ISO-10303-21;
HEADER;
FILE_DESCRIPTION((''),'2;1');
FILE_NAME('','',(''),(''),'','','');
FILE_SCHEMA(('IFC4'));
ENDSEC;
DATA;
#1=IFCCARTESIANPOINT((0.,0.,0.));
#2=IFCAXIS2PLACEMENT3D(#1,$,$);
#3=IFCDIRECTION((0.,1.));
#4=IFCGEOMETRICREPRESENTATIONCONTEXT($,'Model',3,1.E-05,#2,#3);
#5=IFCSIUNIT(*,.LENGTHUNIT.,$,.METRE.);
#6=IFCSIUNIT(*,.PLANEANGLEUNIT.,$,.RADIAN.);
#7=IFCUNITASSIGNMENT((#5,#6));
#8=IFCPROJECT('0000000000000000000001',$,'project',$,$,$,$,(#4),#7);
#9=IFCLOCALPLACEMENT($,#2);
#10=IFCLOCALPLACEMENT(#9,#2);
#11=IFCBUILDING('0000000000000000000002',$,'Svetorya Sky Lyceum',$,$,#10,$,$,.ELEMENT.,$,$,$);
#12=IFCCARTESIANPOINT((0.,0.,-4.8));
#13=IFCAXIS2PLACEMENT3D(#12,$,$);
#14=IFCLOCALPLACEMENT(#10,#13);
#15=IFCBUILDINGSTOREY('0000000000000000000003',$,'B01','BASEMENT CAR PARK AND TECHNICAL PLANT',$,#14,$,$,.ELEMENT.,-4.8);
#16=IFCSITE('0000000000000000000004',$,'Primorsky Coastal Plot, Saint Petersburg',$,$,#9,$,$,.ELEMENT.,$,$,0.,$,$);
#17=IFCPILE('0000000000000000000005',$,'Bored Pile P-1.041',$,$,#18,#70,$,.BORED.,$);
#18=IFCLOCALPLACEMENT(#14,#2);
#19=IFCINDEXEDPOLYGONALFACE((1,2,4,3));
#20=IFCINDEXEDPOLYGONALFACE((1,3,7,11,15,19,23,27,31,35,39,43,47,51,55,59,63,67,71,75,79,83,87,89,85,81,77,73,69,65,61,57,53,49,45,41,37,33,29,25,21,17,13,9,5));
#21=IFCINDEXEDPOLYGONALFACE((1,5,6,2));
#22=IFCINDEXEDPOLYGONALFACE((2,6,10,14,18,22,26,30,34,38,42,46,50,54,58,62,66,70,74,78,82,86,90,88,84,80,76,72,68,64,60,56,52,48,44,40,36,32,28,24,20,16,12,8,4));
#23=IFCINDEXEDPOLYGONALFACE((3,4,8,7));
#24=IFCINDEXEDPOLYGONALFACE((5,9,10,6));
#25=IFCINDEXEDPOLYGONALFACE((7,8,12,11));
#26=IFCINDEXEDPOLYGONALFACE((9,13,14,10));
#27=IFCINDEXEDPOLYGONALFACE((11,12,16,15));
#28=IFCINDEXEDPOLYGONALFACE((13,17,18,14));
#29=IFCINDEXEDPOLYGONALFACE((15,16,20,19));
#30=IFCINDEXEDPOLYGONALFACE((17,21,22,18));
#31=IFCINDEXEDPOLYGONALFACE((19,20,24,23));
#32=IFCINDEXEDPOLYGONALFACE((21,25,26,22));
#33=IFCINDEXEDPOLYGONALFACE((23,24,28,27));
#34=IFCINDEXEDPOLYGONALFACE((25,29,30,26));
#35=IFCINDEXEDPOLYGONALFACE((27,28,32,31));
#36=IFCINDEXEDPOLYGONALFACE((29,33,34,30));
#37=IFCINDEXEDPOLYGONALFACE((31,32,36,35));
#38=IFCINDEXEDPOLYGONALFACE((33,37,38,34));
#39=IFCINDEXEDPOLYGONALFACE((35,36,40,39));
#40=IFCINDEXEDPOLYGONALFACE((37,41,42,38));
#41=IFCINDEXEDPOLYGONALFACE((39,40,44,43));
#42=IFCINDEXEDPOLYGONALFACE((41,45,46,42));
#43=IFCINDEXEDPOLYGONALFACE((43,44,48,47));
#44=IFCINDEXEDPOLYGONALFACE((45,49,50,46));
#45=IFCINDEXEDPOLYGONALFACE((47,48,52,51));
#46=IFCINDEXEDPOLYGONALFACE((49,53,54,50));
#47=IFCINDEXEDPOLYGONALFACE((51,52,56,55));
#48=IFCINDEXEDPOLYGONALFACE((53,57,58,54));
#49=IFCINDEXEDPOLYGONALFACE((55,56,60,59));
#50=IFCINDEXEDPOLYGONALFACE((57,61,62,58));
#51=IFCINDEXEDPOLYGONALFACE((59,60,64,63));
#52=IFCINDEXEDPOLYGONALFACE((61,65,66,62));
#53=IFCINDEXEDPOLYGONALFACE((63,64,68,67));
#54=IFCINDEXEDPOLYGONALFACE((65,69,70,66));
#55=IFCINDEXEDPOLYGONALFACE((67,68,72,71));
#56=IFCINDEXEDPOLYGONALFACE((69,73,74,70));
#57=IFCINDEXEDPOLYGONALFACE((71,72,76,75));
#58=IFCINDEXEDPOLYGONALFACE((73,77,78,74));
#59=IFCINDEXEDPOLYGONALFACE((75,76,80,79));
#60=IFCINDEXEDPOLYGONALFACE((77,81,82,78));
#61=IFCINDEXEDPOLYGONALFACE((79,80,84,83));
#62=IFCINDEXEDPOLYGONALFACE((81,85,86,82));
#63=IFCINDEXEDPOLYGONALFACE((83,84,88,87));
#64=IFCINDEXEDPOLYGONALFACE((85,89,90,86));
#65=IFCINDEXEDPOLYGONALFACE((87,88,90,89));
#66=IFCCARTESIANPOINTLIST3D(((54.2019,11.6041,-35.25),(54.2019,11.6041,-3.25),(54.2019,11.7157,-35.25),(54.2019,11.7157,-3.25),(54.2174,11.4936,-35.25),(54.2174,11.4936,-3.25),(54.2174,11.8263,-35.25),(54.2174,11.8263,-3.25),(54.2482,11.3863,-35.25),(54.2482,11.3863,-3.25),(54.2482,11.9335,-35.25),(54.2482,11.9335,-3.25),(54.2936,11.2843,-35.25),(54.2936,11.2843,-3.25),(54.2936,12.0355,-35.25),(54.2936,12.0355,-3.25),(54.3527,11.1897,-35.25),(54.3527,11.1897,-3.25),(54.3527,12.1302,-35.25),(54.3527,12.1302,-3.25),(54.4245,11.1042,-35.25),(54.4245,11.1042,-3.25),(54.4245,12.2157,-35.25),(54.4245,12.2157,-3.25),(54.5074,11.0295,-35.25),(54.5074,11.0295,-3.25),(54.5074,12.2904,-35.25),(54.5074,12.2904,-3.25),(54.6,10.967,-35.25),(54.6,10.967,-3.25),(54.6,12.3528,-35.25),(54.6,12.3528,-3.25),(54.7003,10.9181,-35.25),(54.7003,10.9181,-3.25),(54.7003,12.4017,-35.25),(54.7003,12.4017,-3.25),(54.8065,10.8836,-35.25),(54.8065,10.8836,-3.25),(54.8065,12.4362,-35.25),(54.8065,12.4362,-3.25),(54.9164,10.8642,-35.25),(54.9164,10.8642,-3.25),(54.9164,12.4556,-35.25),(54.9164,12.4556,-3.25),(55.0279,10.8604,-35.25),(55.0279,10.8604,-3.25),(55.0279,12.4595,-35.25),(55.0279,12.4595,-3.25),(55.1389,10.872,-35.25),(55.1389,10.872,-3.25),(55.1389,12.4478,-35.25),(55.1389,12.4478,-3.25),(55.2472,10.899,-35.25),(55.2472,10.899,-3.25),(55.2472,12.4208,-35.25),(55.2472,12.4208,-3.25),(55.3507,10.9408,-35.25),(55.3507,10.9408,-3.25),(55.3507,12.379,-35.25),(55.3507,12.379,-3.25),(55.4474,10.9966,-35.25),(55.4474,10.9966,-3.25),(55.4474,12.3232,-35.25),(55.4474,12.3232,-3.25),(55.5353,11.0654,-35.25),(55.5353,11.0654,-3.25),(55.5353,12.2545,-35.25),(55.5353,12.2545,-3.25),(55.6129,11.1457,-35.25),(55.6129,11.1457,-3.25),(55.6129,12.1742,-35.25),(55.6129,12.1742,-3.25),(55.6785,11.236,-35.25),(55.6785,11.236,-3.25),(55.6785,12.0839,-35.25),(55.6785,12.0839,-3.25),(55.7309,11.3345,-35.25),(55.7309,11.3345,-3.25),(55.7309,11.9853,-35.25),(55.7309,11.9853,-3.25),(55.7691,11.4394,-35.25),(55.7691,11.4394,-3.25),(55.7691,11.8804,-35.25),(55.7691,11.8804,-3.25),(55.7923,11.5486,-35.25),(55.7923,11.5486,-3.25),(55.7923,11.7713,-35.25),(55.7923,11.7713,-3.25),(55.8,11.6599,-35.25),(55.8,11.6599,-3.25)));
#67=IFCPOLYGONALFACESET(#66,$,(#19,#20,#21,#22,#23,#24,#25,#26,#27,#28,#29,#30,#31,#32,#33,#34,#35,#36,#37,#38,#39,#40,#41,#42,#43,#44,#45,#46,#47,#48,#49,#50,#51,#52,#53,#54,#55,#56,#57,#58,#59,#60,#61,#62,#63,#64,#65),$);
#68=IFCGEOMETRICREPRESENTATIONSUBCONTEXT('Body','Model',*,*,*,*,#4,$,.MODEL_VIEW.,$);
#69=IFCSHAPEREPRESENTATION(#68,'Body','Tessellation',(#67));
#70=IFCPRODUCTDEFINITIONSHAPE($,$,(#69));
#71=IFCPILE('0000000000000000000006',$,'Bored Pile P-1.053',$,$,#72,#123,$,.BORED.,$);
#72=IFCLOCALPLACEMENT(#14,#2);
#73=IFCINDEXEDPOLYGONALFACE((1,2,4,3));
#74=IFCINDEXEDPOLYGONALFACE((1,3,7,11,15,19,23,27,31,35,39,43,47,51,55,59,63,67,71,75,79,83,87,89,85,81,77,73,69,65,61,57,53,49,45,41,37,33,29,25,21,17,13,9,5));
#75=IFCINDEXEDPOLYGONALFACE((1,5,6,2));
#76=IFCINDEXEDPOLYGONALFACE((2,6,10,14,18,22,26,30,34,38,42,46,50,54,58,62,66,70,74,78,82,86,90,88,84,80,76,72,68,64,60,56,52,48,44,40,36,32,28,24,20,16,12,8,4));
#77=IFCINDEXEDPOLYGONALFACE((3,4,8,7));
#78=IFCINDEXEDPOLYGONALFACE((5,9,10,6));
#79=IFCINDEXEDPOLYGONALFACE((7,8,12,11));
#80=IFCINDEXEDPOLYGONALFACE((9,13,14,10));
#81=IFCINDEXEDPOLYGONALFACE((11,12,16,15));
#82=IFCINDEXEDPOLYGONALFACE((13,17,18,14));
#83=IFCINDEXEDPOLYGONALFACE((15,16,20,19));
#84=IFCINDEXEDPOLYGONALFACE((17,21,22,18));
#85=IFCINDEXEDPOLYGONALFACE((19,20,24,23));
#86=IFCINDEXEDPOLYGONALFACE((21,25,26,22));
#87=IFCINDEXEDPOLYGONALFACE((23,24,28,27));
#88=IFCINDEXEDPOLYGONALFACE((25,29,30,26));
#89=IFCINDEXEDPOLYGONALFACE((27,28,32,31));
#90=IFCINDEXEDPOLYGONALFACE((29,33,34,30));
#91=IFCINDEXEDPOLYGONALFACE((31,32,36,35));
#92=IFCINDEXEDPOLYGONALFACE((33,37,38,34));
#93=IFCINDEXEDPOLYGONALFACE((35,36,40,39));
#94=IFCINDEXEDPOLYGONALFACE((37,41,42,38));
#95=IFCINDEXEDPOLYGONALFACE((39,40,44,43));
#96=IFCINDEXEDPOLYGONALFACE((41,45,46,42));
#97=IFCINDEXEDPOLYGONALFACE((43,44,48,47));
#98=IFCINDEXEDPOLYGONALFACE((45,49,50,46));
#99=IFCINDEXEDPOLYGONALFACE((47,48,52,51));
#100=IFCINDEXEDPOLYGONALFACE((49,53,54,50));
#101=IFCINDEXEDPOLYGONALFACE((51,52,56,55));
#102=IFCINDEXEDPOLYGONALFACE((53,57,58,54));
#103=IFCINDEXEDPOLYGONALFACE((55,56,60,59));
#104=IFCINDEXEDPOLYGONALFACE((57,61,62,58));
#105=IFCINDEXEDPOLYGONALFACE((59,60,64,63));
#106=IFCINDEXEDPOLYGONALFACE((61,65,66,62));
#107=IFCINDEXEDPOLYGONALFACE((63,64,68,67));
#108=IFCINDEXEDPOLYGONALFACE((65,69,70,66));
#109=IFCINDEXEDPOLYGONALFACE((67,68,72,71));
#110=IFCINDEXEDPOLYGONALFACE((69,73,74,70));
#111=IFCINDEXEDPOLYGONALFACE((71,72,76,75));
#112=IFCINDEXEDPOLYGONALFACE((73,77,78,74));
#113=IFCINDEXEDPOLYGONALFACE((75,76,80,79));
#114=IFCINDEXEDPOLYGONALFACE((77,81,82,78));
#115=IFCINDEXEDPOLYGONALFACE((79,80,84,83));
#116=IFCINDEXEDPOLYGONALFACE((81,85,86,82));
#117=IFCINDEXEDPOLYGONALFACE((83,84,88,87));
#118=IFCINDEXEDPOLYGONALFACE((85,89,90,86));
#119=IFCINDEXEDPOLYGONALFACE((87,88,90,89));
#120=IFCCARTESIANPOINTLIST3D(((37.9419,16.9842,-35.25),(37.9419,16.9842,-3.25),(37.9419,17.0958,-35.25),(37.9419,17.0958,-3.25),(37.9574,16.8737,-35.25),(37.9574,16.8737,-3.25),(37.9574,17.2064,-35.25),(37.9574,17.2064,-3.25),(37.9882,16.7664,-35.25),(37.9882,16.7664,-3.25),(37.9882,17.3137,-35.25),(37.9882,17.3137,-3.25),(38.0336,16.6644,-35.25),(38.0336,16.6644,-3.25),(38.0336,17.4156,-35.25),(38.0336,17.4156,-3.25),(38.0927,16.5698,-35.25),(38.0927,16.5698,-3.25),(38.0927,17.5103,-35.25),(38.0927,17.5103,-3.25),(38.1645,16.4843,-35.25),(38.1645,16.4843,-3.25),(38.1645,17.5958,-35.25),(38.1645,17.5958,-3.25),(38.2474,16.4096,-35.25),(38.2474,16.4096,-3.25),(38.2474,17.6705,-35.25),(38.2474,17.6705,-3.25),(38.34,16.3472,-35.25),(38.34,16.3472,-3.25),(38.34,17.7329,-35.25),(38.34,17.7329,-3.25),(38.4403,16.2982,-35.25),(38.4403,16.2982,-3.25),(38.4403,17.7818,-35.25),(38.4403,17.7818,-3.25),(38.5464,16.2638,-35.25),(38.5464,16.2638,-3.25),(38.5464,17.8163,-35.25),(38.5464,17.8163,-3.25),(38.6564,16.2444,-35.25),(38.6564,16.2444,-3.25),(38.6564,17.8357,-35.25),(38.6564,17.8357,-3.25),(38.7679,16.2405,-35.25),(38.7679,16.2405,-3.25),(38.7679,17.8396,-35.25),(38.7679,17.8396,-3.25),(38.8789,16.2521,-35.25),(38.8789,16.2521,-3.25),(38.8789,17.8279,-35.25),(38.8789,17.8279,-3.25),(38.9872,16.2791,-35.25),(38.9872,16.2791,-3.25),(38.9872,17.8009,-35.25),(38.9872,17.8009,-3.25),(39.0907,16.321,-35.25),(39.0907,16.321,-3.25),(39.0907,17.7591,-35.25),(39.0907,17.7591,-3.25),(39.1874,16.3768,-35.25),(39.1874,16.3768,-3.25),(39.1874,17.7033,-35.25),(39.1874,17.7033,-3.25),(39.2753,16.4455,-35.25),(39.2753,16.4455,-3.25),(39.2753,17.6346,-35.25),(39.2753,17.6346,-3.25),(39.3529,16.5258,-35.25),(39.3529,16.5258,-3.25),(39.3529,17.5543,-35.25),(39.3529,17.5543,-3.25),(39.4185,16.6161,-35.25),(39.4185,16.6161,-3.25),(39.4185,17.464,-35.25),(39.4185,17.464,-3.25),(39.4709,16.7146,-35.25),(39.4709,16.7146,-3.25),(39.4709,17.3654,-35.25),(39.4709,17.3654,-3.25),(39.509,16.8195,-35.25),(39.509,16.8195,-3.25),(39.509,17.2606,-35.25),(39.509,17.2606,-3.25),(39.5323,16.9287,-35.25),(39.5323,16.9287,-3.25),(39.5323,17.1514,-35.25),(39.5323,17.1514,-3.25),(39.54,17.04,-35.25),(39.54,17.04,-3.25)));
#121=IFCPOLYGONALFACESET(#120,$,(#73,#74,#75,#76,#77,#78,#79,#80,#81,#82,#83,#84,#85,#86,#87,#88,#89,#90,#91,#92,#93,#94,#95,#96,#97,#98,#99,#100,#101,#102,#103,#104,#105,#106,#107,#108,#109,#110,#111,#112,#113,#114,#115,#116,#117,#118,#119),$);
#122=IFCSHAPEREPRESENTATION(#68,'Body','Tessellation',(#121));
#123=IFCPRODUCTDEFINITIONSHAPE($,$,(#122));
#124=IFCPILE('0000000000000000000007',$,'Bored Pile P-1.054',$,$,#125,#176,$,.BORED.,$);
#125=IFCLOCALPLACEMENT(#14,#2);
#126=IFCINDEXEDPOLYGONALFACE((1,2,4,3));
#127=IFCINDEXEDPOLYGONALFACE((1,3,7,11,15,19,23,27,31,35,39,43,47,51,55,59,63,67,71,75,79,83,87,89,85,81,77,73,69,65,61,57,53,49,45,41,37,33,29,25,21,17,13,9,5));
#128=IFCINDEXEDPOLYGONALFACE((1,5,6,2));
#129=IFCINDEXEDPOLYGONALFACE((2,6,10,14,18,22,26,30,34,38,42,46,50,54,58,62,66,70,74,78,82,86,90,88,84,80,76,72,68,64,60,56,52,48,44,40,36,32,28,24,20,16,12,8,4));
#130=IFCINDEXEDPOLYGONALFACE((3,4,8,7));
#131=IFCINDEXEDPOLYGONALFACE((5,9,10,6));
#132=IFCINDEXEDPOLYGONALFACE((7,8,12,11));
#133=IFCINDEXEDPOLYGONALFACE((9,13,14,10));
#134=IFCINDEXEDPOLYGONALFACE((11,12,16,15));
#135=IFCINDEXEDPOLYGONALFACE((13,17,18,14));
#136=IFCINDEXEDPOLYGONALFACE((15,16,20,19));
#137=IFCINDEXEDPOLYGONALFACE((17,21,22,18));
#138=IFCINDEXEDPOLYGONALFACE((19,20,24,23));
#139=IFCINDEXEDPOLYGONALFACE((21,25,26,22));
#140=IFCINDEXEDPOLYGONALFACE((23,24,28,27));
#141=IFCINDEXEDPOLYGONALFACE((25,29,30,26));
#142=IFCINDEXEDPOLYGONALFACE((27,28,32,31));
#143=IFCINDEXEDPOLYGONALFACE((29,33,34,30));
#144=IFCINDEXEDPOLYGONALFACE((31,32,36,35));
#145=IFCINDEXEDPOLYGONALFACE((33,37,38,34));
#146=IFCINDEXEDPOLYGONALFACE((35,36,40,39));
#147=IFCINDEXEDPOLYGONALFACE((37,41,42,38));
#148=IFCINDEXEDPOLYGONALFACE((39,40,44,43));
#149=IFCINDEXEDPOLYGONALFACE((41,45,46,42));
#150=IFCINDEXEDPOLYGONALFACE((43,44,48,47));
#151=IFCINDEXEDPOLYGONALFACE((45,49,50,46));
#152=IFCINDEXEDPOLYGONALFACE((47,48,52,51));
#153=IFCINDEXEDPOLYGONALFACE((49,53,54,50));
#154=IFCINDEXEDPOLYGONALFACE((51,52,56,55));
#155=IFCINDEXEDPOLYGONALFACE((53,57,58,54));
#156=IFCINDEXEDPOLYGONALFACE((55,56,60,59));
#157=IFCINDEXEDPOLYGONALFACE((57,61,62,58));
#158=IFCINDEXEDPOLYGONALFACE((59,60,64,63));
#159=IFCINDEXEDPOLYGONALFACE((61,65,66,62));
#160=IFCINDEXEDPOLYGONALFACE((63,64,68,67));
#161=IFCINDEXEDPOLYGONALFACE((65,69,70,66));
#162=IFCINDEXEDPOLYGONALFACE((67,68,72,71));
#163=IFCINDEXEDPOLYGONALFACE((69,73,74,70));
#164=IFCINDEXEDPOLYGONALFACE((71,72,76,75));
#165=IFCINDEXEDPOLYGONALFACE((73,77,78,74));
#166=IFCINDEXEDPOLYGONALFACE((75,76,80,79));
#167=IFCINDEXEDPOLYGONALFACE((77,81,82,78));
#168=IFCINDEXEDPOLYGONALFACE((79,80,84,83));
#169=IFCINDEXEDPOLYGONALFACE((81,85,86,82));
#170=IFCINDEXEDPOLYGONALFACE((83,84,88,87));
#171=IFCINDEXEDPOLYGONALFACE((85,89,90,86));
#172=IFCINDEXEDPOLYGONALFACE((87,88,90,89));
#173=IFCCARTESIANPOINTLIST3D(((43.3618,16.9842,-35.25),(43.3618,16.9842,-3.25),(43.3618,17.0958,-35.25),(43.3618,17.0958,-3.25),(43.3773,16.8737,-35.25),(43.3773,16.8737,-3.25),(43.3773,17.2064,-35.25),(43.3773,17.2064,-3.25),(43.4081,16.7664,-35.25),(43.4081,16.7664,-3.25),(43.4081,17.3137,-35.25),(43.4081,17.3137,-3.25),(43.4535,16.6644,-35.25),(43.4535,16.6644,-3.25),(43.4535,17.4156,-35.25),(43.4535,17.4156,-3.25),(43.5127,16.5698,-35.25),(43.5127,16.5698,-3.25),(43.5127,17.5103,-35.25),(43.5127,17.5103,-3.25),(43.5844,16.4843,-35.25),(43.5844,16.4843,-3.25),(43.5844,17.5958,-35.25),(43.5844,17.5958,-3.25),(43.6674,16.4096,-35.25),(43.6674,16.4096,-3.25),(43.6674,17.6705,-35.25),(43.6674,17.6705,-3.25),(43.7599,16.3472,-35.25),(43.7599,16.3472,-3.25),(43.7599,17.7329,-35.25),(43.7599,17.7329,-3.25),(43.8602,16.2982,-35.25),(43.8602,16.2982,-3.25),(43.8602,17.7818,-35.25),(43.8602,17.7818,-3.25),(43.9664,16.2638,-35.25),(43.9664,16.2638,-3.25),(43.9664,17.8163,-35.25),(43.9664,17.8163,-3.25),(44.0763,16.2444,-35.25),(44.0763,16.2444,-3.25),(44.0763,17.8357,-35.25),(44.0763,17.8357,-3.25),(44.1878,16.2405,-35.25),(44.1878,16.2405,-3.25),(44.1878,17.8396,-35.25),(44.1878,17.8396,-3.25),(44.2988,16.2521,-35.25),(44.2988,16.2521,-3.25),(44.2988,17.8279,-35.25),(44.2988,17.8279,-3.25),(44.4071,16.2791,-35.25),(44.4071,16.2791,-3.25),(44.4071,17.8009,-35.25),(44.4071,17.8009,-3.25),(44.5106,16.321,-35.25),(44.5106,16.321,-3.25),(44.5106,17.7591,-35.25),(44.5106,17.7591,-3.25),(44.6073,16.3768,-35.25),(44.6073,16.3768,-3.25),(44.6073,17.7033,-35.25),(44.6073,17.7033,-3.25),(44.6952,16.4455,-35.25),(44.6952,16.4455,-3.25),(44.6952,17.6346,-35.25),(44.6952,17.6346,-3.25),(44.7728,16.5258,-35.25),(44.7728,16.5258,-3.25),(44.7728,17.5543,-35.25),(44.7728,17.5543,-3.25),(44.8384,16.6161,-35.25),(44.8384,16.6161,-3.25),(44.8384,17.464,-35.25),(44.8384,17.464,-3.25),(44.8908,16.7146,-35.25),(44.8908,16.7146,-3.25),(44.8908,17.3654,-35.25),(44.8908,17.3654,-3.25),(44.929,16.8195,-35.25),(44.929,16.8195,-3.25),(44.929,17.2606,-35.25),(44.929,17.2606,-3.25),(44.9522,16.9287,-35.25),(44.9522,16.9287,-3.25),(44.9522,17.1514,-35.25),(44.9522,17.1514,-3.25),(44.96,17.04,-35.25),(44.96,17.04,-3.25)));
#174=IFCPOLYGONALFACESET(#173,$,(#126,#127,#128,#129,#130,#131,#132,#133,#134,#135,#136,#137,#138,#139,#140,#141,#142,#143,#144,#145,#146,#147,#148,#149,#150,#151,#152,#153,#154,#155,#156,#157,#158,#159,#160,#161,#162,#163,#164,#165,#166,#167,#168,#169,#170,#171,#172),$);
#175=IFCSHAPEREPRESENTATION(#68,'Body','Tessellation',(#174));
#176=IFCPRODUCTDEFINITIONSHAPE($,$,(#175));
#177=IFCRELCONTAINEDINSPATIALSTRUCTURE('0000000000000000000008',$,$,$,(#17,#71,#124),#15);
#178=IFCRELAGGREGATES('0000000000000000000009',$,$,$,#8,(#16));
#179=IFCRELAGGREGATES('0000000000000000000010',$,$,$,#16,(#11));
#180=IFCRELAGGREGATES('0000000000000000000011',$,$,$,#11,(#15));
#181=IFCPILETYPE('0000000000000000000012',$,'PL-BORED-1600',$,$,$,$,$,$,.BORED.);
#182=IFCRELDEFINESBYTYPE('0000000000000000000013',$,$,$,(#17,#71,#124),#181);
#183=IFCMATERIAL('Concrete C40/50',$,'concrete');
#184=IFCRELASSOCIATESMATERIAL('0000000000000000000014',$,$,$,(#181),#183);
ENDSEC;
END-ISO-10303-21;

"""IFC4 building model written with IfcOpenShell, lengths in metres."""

from ifc_helpers import new_model, si_unit, direction, frame, origin, origin_2d, place, context, subcontext, project, spatial, circle, extrude, material, material_profile, profile_set, type_object, element, save


model = new_model("IFC4")

# Units and contexts
model_context = context("Model", 3, precision=1e-05, world=origin(), true_north=direction((0.0, 1.0)))
body_context = subcontext(model_context, "Body", "Model", "MODEL_VIEW")
ifc_project = project(units=[si_unit("LENGTHUNIT", "METRE"), si_unit("PLANEANGLEUNIT", "RADIAN")], contexts=[model_context])

# Site, building, storey
site_placement = place(None, origin())
site = spatial("IfcSite", under=ifc_project, at=site_placement, Name="Primorsky Coastal Plot, Saint Petersburg", CompositionType="ELEMENT", RefElevation=0.0)
building_placement = place(site_placement, origin())
building = spatial("IfcBuilding", under=site, at=building_placement, Name="Svetorya Sky Lyceum", CompositionType="ELEMENT")
storey_placement = place(building_placement, frame((0.0, 0.0, -4.8)))
storey = spatial("IfcBuildingStorey", under=building, at=storey_placement, Name="B01", Description="BASEMENT CAR PARK AND TECHNICAL PLANT", CompositionType="ELEMENT", Elevation=-4.8)

# Piles
ifc_material_1 = material(Name="Concrete C40/50", Category="concrete")
ifc_material_profile_1 = material_profile(ifc_material_1, circle(Radius=0.8, at=origin_2d()), Name="RC PILE D1600")
ifc_profile_set_1 = profile_set([ifc_material_profile_1], Name="Concrete C40/50")
pile_type = type_object("IfcPileType", Name="PL-BORED-1600", PredefinedType="BORED", material=ifc_profile_set_1)
for number, where, z_axis, x_axis, name in (
    (1, (55.0, 11.6599, -3.25), (0.0, 0.0, -1.0), (1.0, 0.0, 0.0), "Bored Pile P-1.041"),
    (2, (38.74, 17.04, -3.25), (0.0, 0.0, -1.0), (1.0, 0.0, 0.0), "Bored Pile P-1.053"),
    (3, (44.1599, 17.04, -3.25), (0.0, 0.0, -1.0), (1.0, 0.0, 0.0), "Bored Pile P-1.054"),
):
    element("IfcPile", number, at=place(storey_placement, frame(where, z_axis=z_axis, x_axis=x_axis)), inside=storey, type_object=pile_type, Name=name, PredefinedType="BORED", context=body_context, shape_type="SweptSolid", body=[
        extrude(circle(Radius=0.8, at=origin_2d()), origin(), (0.0, 0.0, 1.0), 32.0),
    ])

save(model, "model.ifc")
